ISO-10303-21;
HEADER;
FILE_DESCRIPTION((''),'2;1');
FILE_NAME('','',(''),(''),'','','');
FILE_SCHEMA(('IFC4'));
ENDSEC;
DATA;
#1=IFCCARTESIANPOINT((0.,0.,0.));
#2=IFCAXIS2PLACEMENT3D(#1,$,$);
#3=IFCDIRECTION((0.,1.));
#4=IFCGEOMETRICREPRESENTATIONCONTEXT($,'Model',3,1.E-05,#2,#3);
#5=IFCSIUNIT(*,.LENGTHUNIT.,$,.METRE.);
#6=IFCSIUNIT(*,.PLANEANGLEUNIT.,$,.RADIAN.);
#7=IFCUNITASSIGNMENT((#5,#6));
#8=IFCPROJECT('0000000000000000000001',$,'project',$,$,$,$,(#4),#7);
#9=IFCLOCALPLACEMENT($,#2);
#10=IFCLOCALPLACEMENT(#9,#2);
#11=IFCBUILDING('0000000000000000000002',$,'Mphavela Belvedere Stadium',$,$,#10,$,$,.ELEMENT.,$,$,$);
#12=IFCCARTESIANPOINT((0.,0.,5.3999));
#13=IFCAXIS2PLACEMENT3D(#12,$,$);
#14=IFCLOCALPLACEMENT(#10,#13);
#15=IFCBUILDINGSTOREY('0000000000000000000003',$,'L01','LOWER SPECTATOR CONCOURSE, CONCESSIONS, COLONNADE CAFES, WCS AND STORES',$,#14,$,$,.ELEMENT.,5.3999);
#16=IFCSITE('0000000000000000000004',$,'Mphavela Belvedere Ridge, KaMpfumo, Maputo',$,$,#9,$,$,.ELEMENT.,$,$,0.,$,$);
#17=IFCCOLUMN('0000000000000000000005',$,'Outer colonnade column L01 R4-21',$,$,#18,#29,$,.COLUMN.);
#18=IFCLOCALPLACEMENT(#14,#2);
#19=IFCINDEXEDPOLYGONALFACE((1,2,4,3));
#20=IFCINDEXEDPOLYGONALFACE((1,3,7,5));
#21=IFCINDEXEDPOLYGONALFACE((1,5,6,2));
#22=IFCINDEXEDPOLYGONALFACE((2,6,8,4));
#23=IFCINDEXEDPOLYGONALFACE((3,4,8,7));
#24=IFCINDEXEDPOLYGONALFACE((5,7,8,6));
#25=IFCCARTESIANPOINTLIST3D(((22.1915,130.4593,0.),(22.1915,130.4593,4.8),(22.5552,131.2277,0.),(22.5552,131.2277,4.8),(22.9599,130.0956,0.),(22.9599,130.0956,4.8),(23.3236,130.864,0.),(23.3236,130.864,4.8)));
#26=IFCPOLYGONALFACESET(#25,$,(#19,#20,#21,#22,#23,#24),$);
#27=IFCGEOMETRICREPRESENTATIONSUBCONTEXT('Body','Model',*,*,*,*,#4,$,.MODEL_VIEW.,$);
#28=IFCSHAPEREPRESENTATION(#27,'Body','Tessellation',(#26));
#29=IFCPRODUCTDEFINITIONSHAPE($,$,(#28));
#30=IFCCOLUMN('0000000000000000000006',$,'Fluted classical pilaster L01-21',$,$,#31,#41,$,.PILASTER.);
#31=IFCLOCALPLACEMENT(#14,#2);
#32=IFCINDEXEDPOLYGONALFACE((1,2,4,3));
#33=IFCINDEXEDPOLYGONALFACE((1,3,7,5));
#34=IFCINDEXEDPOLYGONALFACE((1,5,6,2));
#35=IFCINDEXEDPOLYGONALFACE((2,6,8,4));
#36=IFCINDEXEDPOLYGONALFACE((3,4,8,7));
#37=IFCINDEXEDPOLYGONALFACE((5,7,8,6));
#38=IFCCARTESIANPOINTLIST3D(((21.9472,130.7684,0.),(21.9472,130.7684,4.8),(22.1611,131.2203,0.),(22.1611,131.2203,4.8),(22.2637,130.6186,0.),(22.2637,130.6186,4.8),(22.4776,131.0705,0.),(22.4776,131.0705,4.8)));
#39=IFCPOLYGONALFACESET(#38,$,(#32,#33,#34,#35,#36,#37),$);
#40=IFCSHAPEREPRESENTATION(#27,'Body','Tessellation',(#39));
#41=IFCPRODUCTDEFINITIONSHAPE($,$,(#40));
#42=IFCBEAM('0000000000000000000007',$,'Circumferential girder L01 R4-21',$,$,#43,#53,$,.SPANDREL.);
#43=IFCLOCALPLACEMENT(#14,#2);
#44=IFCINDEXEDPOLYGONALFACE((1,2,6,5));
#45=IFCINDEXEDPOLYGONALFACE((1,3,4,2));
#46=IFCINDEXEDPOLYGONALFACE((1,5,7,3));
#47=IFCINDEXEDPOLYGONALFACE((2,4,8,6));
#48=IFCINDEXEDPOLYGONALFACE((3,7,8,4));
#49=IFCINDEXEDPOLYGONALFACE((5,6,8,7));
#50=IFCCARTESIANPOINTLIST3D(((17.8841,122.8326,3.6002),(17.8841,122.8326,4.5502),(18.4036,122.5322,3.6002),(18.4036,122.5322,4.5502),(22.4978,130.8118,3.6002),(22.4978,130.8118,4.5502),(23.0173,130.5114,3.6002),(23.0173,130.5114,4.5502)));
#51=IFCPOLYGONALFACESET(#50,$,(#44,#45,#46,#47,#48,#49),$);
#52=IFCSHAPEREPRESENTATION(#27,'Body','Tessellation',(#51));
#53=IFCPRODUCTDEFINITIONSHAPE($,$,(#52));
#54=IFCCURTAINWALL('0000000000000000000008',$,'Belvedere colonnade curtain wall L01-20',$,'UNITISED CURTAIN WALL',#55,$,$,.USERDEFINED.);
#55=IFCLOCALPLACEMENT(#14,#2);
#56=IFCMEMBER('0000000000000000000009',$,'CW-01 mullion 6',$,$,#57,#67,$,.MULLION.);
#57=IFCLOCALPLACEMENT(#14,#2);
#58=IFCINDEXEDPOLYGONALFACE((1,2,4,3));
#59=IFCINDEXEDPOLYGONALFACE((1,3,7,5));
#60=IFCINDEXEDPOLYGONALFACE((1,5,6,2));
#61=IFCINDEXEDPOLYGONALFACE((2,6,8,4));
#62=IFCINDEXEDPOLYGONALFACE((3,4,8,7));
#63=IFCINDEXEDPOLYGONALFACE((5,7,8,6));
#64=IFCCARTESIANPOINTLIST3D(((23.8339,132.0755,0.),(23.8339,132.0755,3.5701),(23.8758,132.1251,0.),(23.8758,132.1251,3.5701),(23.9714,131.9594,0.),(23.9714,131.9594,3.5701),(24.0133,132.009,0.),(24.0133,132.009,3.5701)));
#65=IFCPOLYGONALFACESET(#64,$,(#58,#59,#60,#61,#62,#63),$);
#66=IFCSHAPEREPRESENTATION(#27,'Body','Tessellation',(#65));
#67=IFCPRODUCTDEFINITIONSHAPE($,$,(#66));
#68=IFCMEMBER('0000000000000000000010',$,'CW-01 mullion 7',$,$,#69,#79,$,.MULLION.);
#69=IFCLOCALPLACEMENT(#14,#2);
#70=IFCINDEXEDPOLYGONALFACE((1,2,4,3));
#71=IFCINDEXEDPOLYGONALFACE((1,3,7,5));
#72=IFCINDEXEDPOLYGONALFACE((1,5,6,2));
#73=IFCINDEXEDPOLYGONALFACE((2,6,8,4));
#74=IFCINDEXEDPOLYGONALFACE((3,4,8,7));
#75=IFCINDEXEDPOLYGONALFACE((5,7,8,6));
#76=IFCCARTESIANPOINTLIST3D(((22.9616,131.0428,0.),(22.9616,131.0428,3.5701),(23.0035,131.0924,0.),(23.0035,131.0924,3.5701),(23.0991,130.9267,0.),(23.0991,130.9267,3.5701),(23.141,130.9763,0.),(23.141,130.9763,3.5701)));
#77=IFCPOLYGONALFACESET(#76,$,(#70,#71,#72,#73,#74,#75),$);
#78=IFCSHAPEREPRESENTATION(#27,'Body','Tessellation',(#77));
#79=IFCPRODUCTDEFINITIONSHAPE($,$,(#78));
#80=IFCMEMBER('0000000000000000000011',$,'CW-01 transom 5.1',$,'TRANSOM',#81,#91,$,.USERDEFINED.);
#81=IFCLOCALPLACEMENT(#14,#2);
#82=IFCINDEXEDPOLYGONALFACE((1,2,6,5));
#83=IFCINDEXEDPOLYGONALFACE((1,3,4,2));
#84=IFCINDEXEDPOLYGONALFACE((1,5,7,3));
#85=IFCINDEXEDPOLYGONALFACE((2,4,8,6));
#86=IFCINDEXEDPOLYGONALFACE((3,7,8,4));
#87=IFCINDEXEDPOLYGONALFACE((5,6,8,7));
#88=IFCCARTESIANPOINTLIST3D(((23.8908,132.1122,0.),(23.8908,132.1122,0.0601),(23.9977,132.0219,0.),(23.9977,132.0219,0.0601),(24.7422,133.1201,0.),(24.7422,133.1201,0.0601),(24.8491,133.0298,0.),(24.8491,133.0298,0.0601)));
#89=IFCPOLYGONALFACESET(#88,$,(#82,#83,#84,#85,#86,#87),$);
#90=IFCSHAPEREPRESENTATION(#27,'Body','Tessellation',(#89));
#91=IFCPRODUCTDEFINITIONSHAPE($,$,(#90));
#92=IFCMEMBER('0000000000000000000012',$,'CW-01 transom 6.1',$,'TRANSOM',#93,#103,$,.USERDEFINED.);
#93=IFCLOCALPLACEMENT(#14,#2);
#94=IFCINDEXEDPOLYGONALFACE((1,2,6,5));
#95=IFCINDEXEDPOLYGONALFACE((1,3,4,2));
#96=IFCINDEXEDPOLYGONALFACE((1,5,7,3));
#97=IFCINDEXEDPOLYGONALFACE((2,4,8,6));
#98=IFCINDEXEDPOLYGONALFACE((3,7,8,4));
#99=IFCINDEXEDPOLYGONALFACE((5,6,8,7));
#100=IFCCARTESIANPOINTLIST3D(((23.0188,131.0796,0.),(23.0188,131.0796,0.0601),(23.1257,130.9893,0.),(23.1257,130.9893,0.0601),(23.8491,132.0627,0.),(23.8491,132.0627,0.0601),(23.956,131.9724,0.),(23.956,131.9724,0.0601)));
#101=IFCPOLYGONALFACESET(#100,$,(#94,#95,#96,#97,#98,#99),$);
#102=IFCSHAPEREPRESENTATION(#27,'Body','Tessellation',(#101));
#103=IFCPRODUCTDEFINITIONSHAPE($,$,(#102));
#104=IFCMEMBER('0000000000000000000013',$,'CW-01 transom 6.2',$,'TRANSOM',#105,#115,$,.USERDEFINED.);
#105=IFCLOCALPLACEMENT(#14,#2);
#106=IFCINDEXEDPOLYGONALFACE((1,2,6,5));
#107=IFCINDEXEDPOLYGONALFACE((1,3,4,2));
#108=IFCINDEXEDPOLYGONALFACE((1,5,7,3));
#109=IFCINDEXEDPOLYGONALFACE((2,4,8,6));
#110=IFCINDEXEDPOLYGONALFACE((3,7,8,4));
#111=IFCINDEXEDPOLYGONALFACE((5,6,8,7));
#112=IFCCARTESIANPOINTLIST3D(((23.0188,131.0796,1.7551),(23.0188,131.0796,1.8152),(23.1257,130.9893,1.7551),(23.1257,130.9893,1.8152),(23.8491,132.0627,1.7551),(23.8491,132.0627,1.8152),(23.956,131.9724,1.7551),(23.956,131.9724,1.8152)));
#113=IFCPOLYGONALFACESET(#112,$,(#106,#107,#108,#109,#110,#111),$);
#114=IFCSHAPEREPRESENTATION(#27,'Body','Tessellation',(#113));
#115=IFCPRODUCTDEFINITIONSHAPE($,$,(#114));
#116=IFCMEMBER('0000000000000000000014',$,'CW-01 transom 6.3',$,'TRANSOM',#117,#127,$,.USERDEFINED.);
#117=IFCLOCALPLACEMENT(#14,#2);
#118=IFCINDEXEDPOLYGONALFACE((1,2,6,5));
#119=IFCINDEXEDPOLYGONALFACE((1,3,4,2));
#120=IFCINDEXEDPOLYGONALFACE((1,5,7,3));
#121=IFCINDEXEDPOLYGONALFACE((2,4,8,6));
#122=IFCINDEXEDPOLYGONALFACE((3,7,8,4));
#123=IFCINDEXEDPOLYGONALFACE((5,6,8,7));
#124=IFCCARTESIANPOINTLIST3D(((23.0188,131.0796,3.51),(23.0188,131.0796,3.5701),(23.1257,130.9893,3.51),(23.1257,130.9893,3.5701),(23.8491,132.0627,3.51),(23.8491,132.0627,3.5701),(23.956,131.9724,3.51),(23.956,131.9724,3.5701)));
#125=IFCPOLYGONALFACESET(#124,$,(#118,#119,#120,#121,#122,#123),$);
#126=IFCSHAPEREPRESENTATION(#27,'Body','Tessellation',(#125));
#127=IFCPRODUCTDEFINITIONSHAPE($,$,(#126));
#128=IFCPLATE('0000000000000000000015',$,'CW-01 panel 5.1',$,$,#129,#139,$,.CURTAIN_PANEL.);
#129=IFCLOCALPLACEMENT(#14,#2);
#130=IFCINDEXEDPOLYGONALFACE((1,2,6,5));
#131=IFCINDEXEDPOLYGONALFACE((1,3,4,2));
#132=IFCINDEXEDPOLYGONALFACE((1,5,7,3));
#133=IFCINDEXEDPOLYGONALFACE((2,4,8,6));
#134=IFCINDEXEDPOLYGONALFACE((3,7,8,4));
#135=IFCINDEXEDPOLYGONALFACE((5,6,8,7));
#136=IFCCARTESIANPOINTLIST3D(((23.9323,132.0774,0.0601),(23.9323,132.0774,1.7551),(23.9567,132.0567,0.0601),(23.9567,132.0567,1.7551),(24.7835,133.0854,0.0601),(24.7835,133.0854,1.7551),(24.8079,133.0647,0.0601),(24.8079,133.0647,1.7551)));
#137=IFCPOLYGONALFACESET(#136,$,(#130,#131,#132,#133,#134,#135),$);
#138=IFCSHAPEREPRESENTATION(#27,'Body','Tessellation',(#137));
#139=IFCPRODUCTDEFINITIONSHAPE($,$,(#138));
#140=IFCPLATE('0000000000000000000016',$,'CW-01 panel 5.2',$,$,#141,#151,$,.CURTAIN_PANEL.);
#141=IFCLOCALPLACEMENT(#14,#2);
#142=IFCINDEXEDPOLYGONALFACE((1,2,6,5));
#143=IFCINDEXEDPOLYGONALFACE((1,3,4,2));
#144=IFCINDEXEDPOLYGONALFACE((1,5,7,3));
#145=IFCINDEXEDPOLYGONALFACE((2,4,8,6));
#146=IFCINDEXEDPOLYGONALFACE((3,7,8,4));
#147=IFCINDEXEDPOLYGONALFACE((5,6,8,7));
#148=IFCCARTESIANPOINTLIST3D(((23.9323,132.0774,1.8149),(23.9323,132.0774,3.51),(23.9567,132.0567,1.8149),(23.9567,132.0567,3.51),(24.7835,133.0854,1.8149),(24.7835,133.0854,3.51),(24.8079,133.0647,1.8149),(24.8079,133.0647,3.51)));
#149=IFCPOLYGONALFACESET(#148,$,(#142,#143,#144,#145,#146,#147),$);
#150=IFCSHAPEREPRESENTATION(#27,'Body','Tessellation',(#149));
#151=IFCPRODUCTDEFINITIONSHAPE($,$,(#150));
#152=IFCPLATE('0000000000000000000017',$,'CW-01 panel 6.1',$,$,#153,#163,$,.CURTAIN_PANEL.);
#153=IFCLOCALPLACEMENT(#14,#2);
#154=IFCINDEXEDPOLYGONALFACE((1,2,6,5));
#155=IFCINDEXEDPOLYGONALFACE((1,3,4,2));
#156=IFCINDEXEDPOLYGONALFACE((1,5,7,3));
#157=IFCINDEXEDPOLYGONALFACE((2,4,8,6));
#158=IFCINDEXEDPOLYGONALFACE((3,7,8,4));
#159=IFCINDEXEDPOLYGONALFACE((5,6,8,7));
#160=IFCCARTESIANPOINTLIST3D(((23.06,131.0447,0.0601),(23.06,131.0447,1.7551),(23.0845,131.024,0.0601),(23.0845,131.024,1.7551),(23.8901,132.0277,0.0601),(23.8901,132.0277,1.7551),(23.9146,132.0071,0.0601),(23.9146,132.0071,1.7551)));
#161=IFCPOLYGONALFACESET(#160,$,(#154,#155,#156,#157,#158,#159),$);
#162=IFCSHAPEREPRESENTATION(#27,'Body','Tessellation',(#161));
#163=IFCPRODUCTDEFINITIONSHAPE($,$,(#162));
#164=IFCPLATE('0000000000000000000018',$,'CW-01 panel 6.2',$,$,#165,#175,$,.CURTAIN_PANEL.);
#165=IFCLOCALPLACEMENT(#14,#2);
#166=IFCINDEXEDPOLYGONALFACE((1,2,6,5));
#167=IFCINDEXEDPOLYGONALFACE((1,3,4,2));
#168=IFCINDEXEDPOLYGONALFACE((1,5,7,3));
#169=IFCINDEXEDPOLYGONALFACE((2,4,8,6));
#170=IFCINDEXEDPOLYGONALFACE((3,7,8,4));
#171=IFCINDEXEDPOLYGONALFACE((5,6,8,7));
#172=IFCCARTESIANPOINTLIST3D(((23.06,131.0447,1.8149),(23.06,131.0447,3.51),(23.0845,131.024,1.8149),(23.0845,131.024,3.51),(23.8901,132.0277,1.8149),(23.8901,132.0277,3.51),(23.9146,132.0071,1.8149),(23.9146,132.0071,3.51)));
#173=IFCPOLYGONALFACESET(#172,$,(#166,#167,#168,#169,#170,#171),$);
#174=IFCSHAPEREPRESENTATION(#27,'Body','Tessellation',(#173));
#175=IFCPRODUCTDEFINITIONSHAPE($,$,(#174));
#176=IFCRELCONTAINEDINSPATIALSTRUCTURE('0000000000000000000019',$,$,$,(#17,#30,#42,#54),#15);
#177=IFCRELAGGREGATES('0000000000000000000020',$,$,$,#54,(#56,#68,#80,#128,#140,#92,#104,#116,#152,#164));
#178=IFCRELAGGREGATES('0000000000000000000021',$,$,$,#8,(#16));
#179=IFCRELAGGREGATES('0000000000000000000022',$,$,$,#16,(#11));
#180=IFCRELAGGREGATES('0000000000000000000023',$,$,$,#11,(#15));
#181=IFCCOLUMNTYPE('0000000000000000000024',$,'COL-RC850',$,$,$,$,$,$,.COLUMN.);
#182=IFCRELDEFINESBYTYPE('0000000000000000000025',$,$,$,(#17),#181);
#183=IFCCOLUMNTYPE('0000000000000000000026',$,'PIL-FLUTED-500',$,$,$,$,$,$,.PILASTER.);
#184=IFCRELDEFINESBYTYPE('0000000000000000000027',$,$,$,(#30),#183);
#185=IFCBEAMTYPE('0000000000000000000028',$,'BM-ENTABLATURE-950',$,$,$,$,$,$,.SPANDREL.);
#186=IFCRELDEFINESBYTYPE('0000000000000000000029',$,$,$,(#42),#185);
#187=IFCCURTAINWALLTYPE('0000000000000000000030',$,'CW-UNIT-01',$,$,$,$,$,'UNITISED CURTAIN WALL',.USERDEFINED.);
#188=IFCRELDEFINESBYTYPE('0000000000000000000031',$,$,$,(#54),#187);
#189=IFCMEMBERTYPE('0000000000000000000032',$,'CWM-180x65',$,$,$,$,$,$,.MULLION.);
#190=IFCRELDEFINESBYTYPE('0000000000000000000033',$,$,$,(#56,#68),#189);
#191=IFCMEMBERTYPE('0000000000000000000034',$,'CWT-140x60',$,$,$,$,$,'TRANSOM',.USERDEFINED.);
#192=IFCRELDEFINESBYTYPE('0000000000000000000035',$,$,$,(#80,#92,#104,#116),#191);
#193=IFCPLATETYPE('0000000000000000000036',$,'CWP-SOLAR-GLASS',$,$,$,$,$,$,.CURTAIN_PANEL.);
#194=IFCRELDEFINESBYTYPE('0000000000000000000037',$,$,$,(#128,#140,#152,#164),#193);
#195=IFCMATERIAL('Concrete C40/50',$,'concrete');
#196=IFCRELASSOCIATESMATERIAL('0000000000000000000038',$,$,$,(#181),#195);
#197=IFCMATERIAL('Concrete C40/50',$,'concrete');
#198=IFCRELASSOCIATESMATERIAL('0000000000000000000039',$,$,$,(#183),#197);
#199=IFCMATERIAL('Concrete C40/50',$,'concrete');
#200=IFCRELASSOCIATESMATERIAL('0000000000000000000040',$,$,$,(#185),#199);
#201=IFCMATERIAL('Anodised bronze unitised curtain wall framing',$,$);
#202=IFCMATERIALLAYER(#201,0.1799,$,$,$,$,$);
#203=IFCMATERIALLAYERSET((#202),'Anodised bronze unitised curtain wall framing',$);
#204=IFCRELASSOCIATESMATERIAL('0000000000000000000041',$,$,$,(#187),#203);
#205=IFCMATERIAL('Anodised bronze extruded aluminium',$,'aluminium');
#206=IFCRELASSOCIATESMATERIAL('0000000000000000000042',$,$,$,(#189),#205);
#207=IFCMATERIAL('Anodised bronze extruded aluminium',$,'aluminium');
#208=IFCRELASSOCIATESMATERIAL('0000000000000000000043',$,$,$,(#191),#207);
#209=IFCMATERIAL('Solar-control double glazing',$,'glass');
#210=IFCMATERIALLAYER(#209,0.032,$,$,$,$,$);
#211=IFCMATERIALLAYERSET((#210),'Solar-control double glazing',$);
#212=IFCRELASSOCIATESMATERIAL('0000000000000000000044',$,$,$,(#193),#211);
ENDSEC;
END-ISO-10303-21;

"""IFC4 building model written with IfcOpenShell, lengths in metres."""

from ifc_helpers import new_model, si_unit, direction, frame, origin, origin_2d, place, context, subcontext, project, spatial, rectangle, extrude, material, layer, layer_set, material_profile, profile_set, type_object, element, aggregate, save


model = new_model("IFC4")

# Units and contexts
model_context = context("Model", 3, precision=1e-05, world=origin(), true_north=direction((0.0, 1.0)))
body_context = subcontext(model_context, "Body", "Model", "MODEL_VIEW")
ifc_project = project(units=[si_unit("LENGTHUNIT", "METRE"), si_unit("PLANEANGLEUNIT", "RADIAN")], contexts=[model_context])

# Site, building, storey
site_placement = place(None, origin())
site = spatial("IfcSite", under=ifc_project, at=site_placement, Name="Mphavela Belvedere Ridge, KaMpfumo, Maputo", CompositionType="ELEMENT", RefElevation=0.0)
building_placement = place(site_placement, origin())
building = spatial("IfcBuilding", under=site, at=building_placement, Name="Mphavela Belvedere Stadium", CompositionType="ELEMENT")
storey_placement = place(building_placement, frame((0.0, 0.0, 5.3999)))
storey = spatial("IfcBuildingStorey", under=building, at=storey_placement, Name="L01", Description="LOWER SPECTATOR CONCOURSE, CONCESSIONS, COLONNADE CAFES, WCS AND STORES", CompositionType="ELEMENT", Elevation=5.3999)

# Columns
ifc_material_1 = material(Name="Concrete C40/50", Category="concrete")
ifc_material_profile_1 = material_profile(ifc_material_1, rectangle(XDim=0.8501, YDim=0.8501, at=origin_2d()), Name="RC 850x850")
ifc_profile_set_1 = profile_set([ifc_material_profile_1], Name="Concrete C40/50")
column_type_1 = type_object("IfcColumnType", Name="COL-RC850", PredefinedType="COLUMN", material=ifc_profile_set_1)
column_1_placement = place(storey_placement, frame((22.7576, 130.6616, 0.0), z_axis=(0.0, 0.0, 1.0), x_axis=(-0.903859, 0.427831, 0.0)))
element("IfcColumn", 1, at=column_1_placement, inside=storey, type_object=column_type_1, Name="Outer colonnade column L01 R4-21", PredefinedType="COLUMN", context=body_context, shape_type="SweptSolid", body=[
    extrude(rectangle(XDim=0.8501, YDim=0.8501, at=origin_2d()), origin(), (0.0, 0.0, 1.0), 4.8),
])
ifc_material_2 = material(Name="Concrete C40/50", Category="concrete")
ifc_material_profile_2 = material_profile(ifc_material_2, rectangle(XDim=0.5, YDim=0.3501, at=origin_2d()), Name="PIL 500x350")
ifc_profile_set_2 = profile_set([ifc_material_profile_2], Name="Concrete C40/50")
column_type_2 = type_object("IfcColumnType", Name="PIL-FLUTED-500", PredefinedType="PILASTER", material=ifc_profile_set_2)
column_2_placement = place(storey_placement, frame((22.2124, 130.9194, 0.0), z_axis=(0.0, 0.0, 1.0), x_axis=(-0.427831, -0.903859, 0.0)))
element("IfcColumn", 2, at=column_2_placement, inside=storey, type_object=column_type_2, Name="Fluted classical pilaster L01-21", PredefinedType="PILASTER", context=body_context, shape_type="SweptSolid", body=[
    extrude(rectangle(XDim=0.5, YDim=0.3501, at=origin_2d()), origin(), (0.0, 0.0, 1.0), 4.8),
])

# Beam
ifc_material_3 = material(Name="Concrete C40/50", Category="concrete")
ifc_material_profile_3 = material_profile(ifc_material_3, rectangle(XDim=0.6001, YDim=0.95, at=origin_2d()), Name="RC 600x950")
ifc_profile_set_3 = profile_set([ifc_material_profile_3], Name="Concrete C40/50")
beam_type = type_object("IfcBeamType", Name="BM-ENTABLATURE-950", PredefinedType="SPANDREL", material=ifc_profile_set_3)
beam_placement = place(storey_placement, frame((22.7576, 130.6616, 4.0752), z_axis=(-0.500565, -0.865699, 0.0), x_axis=(0.865699, -0.500565, 0.0)))
element("IfcBeam", 3, at=beam_placement, inside=storey, type_object=beam_type, Name="Circumferential girder L01 R4-21", PredefinedType="SPANDREL", context=body_context, shape_type="SweptSolid", body=[
    extrude(rectangle(XDim=0.6001, YDim=0.95, at=origin_2d()), origin(), (0.0, 0.0, 1.0), 9.217),
])

# Curtain wall, members, plates
ifc_material_4 = material(Name="Anodised bronze unitised curtain wall framing")
ifc_layer_1 = layer(ifc_material_4, 0.1799)
ifc_layer_set_1 = layer_set([ifc_layer_1], Name="Anodised bronze unitised curtain wall framing")
curtain_wall_type = type_object("IfcCurtainWallType", Name="CW-UNIT-01", ElementType="UNITISED CURTAIN WALL", PredefinedType="USERDEFINED", material=ifc_layer_set_1)
curtain_wall_placement = place(storey_placement, origin())
curtain_wall = element("IfcCurtainWall", 4, at=curtain_wall_placement, inside=storey, type_object=curtain_wall_type, Name="Belvedere colonnade curtain wall L01-20", ObjectType="UNITISED CURTAIN WALL", PredefinedType="USERDEFINED")
ifc_material_5 = material(Name="Anodised bronze extruded aluminium", Category="aluminium")
ifc_material_profile_4 = material_profile(ifc_material_5, rectangle(XDim=0.1799, YDim=0.0649, at=origin_2d()), Name="CW-MUL 180x65")
ifc_profile_set_4 = profile_set([ifc_material_profile_4], Name="Anodised bronze extruded aluminium")
member_type_1 = type_object("IfcMemberType", Name="CWM-180x65", PredefinedType="MULLION", material=ifc_profile_set_4)
member_1_placement = place(storey_placement, frame((23.9236, 132.0422, 0.0), z_axis=(0.0, 0.0, 1.0), x_axis=(0.764036, -0.645173, 0.0)))
member_1 = element("IfcMember", 5, at=member_1_placement, type_object=member_type_1, Name="CW-01 mullion 6", PredefinedType="MULLION", context=body_context, shape_type="SweptSolid", body=[
    extrude(rectangle(XDim=0.1799, YDim=0.0649, at=origin_2d()), origin(), (0.0, 0.0, 1.0), 3.5701),
])
member_2_placement = place(storey_placement, frame((23.0513, 131.0095, 0.0), z_axis=(0.0, 0.0, 1.0), x_axis=(0.764036, -0.645173, 0.0)))
member_2 = element("IfcMember", 6, at=member_2_placement, type_object=member_type_1, Name="CW-01 mullion 7", PredefinedType="MULLION", context=body_context, shape_type="SweptSolid", body=[
    extrude(rectangle(XDim=0.1799, YDim=0.0649, at=origin_2d()), origin(), (0.0, 0.0, 1.0), 3.5701),
])
ifc_material_6 = material(Name="Anodised bronze extruded aluminium", Category="aluminium")
ifc_material_profile_5 = material_profile(ifc_material_6, rectangle(XDim=0.1399, YDim=0.0601, at=origin_2d()), Name="CW-TRN 140x60")
ifc_profile_set_5 = profile_set([ifc_material_profile_5], Name="Anodised bronze extruded aluminium")
member_type_2 = type_object("IfcMemberType", Name="CWT-140x60", ElementType="TRANSOM", PredefinedType="USERDEFINED", material=ifc_profile_set_5)
member_3_placement = place(storey_placement, frame((24.7957, 133.075, 0.03), z_axis=(-0.645303, -0.763927, 0.0), x_axis=(0.763927, -0.645303, 0.0)))
member_3 = element("IfcMember", 7, at=member_3_placement, type_object=member_type_2, Name="CW-01 transom 5.1", ObjectType="TRANSOM", PredefinedType="USERDEFINED", context=body_context, shape_type="SweptSolid", body=[
    extrude(rectangle(XDim=0.1399, YDim=0.0601, at=origin_2d()), origin(), (0.0, 0.0, 1.0), 1.3193),
])
member_4_placement = place(storey_placement, frame((23.9026, 132.0176, 0.03), z_axis=(-0.645228, -0.76399, 0.0), x_axis=(0.76399, -0.645228, 0.0)))
member_4 = element("IfcMember", 8, at=member_4_placement, type_object=member_type_2, Name="CW-01 transom 6.1", ObjectType="TRANSOM", PredefinedType="USERDEFINED", context=body_context, shape_type="SweptSolid", body=[
    extrude(rectangle(XDim=0.1399, YDim=0.0601, at=origin_2d()), origin(), (0.0, 0.0, 1.0), 1.2869),
])
member_5_placement = place(storey_placement, frame((23.9026, 132.0176, 1.7852), z_axis=(-0.645228, -0.76399, 0.0), x_axis=(0.76399, -0.645228, 0.0)))
member_5 = element("IfcMember", 9, at=member_5_placement, type_object=member_type_2, Name="CW-01 transom 6.2", ObjectType="TRANSOM", PredefinedType="USERDEFINED", context=body_context, shape_type="SweptSolid", body=[
    extrude(rectangle(XDim=0.1399, YDim=0.0601, at=origin_2d()), origin(), (0.0, 0.0, 1.0), 1.2869),
])
member_6_placement = place(storey_placement, frame((23.9026, 132.0176, 3.54), z_axis=(-0.645228, -0.76399, 0.0), x_axis=(0.76399, -0.645228, 0.0)))
member_6 = element("IfcMember", 10, at=member_6_placement, type_object=member_type_2, Name="CW-01 transom 6.3", ObjectType="TRANSOM", PredefinedType="USERDEFINED", context=body_context, shape_type="SweptSolid", body=[
    extrude(rectangle(XDim=0.1399, YDim=0.0601, at=origin_2d()), origin(), (0.0, 0.0, 1.0), 1.2869),
])
ifc_material_7 = material(Name="Solar-control double glazing", Category="glass")
ifc_layer_2 = layer(ifc_material_7, 0.032)
ifc_layer_set_2 = layer_set([ifc_layer_2], Name="Solar-control double glazing")
plate_type = type_object("IfcPlateType", Name="CWP-SOLAR-GLASS", PredefinedType="CURTAIN_PANEL", material=ifc_layer_set_2)
plate_1_placement = place(storey_placement, frame((24.3701, 132.571, 0.0601), z_axis=(0.0, 0.0, 1.0), x_axis=(-0.645173, -0.764036, 0.0)))
plate_1 = element("IfcPlate", 11, at=plate_1_placement, type_object=plate_type, Name="CW-01 panel 5.1", PredefinedType="CURTAIN_PANEL", context=body_context, shape_type="SweptSolid", body=[
    extrude(rectangle(XDim=1.3193, YDim=0.032, at=origin_2d()), origin(), (0.0, 0.0, 1.0), 1.6951),
])
plate_2_placement = place(storey_placement, frame((24.3701, 132.571, 1.8149), z_axis=(0.0, 0.0, 1.0), x_axis=(-0.645173, -0.764036, 0.0)))
plate_2 = element("IfcPlate", 12, at=plate_2_placement, type_object=plate_type, Name="CW-01 panel 5.2", PredefinedType="CURTAIN_PANEL", context=body_context, shape_type="SweptSolid", body=[
    extrude(rectangle(XDim=1.3193, YDim=0.032, at=origin_2d()), origin(), (0.0, 0.0, 1.0), 1.6951),
])
plate_3_placement = place(storey_placement, frame((23.4873, 131.5259, 0.0601), z_axis=(0.0, 0.0, 1.0), x_axis=(-0.645173, -0.764036, 0.0)))
plate_3 = element("IfcPlate", 13, at=plate_3_placement, type_object=plate_type, Name="CW-01 panel 6.1", PredefinedType="CURTAIN_PANEL", context=body_context, shape_type="SweptSolid", body=[
    extrude(rectangle(XDim=1.2866, YDim=0.032, at=origin_2d()), origin(), (0.0, 0.0, 1.0), 1.6951),
])
plate_4_placement = place(storey_placement, frame((23.4873, 131.5259, 1.8149), z_axis=(0.0, 0.0, 1.0), x_axis=(-0.645173, -0.764036, 0.0)))
plate_4 = element("IfcPlate", 14, at=plate_4_placement, type_object=plate_type, Name="CW-01 panel 6.2", PredefinedType="CURTAIN_PANEL", context=body_context, shape_type="SweptSolid", body=[
    extrude(rectangle(XDim=1.2866, YDim=0.032, at=origin_2d()), origin(), (0.0, 0.0, 1.0), 1.6951),
])
aggregate(curtain_wall, [member_1, member_2, member_3, plate_1, plate_2, member_4, member_5, member_6, plate_3, plate_4])

save(model, "model.ifc")
